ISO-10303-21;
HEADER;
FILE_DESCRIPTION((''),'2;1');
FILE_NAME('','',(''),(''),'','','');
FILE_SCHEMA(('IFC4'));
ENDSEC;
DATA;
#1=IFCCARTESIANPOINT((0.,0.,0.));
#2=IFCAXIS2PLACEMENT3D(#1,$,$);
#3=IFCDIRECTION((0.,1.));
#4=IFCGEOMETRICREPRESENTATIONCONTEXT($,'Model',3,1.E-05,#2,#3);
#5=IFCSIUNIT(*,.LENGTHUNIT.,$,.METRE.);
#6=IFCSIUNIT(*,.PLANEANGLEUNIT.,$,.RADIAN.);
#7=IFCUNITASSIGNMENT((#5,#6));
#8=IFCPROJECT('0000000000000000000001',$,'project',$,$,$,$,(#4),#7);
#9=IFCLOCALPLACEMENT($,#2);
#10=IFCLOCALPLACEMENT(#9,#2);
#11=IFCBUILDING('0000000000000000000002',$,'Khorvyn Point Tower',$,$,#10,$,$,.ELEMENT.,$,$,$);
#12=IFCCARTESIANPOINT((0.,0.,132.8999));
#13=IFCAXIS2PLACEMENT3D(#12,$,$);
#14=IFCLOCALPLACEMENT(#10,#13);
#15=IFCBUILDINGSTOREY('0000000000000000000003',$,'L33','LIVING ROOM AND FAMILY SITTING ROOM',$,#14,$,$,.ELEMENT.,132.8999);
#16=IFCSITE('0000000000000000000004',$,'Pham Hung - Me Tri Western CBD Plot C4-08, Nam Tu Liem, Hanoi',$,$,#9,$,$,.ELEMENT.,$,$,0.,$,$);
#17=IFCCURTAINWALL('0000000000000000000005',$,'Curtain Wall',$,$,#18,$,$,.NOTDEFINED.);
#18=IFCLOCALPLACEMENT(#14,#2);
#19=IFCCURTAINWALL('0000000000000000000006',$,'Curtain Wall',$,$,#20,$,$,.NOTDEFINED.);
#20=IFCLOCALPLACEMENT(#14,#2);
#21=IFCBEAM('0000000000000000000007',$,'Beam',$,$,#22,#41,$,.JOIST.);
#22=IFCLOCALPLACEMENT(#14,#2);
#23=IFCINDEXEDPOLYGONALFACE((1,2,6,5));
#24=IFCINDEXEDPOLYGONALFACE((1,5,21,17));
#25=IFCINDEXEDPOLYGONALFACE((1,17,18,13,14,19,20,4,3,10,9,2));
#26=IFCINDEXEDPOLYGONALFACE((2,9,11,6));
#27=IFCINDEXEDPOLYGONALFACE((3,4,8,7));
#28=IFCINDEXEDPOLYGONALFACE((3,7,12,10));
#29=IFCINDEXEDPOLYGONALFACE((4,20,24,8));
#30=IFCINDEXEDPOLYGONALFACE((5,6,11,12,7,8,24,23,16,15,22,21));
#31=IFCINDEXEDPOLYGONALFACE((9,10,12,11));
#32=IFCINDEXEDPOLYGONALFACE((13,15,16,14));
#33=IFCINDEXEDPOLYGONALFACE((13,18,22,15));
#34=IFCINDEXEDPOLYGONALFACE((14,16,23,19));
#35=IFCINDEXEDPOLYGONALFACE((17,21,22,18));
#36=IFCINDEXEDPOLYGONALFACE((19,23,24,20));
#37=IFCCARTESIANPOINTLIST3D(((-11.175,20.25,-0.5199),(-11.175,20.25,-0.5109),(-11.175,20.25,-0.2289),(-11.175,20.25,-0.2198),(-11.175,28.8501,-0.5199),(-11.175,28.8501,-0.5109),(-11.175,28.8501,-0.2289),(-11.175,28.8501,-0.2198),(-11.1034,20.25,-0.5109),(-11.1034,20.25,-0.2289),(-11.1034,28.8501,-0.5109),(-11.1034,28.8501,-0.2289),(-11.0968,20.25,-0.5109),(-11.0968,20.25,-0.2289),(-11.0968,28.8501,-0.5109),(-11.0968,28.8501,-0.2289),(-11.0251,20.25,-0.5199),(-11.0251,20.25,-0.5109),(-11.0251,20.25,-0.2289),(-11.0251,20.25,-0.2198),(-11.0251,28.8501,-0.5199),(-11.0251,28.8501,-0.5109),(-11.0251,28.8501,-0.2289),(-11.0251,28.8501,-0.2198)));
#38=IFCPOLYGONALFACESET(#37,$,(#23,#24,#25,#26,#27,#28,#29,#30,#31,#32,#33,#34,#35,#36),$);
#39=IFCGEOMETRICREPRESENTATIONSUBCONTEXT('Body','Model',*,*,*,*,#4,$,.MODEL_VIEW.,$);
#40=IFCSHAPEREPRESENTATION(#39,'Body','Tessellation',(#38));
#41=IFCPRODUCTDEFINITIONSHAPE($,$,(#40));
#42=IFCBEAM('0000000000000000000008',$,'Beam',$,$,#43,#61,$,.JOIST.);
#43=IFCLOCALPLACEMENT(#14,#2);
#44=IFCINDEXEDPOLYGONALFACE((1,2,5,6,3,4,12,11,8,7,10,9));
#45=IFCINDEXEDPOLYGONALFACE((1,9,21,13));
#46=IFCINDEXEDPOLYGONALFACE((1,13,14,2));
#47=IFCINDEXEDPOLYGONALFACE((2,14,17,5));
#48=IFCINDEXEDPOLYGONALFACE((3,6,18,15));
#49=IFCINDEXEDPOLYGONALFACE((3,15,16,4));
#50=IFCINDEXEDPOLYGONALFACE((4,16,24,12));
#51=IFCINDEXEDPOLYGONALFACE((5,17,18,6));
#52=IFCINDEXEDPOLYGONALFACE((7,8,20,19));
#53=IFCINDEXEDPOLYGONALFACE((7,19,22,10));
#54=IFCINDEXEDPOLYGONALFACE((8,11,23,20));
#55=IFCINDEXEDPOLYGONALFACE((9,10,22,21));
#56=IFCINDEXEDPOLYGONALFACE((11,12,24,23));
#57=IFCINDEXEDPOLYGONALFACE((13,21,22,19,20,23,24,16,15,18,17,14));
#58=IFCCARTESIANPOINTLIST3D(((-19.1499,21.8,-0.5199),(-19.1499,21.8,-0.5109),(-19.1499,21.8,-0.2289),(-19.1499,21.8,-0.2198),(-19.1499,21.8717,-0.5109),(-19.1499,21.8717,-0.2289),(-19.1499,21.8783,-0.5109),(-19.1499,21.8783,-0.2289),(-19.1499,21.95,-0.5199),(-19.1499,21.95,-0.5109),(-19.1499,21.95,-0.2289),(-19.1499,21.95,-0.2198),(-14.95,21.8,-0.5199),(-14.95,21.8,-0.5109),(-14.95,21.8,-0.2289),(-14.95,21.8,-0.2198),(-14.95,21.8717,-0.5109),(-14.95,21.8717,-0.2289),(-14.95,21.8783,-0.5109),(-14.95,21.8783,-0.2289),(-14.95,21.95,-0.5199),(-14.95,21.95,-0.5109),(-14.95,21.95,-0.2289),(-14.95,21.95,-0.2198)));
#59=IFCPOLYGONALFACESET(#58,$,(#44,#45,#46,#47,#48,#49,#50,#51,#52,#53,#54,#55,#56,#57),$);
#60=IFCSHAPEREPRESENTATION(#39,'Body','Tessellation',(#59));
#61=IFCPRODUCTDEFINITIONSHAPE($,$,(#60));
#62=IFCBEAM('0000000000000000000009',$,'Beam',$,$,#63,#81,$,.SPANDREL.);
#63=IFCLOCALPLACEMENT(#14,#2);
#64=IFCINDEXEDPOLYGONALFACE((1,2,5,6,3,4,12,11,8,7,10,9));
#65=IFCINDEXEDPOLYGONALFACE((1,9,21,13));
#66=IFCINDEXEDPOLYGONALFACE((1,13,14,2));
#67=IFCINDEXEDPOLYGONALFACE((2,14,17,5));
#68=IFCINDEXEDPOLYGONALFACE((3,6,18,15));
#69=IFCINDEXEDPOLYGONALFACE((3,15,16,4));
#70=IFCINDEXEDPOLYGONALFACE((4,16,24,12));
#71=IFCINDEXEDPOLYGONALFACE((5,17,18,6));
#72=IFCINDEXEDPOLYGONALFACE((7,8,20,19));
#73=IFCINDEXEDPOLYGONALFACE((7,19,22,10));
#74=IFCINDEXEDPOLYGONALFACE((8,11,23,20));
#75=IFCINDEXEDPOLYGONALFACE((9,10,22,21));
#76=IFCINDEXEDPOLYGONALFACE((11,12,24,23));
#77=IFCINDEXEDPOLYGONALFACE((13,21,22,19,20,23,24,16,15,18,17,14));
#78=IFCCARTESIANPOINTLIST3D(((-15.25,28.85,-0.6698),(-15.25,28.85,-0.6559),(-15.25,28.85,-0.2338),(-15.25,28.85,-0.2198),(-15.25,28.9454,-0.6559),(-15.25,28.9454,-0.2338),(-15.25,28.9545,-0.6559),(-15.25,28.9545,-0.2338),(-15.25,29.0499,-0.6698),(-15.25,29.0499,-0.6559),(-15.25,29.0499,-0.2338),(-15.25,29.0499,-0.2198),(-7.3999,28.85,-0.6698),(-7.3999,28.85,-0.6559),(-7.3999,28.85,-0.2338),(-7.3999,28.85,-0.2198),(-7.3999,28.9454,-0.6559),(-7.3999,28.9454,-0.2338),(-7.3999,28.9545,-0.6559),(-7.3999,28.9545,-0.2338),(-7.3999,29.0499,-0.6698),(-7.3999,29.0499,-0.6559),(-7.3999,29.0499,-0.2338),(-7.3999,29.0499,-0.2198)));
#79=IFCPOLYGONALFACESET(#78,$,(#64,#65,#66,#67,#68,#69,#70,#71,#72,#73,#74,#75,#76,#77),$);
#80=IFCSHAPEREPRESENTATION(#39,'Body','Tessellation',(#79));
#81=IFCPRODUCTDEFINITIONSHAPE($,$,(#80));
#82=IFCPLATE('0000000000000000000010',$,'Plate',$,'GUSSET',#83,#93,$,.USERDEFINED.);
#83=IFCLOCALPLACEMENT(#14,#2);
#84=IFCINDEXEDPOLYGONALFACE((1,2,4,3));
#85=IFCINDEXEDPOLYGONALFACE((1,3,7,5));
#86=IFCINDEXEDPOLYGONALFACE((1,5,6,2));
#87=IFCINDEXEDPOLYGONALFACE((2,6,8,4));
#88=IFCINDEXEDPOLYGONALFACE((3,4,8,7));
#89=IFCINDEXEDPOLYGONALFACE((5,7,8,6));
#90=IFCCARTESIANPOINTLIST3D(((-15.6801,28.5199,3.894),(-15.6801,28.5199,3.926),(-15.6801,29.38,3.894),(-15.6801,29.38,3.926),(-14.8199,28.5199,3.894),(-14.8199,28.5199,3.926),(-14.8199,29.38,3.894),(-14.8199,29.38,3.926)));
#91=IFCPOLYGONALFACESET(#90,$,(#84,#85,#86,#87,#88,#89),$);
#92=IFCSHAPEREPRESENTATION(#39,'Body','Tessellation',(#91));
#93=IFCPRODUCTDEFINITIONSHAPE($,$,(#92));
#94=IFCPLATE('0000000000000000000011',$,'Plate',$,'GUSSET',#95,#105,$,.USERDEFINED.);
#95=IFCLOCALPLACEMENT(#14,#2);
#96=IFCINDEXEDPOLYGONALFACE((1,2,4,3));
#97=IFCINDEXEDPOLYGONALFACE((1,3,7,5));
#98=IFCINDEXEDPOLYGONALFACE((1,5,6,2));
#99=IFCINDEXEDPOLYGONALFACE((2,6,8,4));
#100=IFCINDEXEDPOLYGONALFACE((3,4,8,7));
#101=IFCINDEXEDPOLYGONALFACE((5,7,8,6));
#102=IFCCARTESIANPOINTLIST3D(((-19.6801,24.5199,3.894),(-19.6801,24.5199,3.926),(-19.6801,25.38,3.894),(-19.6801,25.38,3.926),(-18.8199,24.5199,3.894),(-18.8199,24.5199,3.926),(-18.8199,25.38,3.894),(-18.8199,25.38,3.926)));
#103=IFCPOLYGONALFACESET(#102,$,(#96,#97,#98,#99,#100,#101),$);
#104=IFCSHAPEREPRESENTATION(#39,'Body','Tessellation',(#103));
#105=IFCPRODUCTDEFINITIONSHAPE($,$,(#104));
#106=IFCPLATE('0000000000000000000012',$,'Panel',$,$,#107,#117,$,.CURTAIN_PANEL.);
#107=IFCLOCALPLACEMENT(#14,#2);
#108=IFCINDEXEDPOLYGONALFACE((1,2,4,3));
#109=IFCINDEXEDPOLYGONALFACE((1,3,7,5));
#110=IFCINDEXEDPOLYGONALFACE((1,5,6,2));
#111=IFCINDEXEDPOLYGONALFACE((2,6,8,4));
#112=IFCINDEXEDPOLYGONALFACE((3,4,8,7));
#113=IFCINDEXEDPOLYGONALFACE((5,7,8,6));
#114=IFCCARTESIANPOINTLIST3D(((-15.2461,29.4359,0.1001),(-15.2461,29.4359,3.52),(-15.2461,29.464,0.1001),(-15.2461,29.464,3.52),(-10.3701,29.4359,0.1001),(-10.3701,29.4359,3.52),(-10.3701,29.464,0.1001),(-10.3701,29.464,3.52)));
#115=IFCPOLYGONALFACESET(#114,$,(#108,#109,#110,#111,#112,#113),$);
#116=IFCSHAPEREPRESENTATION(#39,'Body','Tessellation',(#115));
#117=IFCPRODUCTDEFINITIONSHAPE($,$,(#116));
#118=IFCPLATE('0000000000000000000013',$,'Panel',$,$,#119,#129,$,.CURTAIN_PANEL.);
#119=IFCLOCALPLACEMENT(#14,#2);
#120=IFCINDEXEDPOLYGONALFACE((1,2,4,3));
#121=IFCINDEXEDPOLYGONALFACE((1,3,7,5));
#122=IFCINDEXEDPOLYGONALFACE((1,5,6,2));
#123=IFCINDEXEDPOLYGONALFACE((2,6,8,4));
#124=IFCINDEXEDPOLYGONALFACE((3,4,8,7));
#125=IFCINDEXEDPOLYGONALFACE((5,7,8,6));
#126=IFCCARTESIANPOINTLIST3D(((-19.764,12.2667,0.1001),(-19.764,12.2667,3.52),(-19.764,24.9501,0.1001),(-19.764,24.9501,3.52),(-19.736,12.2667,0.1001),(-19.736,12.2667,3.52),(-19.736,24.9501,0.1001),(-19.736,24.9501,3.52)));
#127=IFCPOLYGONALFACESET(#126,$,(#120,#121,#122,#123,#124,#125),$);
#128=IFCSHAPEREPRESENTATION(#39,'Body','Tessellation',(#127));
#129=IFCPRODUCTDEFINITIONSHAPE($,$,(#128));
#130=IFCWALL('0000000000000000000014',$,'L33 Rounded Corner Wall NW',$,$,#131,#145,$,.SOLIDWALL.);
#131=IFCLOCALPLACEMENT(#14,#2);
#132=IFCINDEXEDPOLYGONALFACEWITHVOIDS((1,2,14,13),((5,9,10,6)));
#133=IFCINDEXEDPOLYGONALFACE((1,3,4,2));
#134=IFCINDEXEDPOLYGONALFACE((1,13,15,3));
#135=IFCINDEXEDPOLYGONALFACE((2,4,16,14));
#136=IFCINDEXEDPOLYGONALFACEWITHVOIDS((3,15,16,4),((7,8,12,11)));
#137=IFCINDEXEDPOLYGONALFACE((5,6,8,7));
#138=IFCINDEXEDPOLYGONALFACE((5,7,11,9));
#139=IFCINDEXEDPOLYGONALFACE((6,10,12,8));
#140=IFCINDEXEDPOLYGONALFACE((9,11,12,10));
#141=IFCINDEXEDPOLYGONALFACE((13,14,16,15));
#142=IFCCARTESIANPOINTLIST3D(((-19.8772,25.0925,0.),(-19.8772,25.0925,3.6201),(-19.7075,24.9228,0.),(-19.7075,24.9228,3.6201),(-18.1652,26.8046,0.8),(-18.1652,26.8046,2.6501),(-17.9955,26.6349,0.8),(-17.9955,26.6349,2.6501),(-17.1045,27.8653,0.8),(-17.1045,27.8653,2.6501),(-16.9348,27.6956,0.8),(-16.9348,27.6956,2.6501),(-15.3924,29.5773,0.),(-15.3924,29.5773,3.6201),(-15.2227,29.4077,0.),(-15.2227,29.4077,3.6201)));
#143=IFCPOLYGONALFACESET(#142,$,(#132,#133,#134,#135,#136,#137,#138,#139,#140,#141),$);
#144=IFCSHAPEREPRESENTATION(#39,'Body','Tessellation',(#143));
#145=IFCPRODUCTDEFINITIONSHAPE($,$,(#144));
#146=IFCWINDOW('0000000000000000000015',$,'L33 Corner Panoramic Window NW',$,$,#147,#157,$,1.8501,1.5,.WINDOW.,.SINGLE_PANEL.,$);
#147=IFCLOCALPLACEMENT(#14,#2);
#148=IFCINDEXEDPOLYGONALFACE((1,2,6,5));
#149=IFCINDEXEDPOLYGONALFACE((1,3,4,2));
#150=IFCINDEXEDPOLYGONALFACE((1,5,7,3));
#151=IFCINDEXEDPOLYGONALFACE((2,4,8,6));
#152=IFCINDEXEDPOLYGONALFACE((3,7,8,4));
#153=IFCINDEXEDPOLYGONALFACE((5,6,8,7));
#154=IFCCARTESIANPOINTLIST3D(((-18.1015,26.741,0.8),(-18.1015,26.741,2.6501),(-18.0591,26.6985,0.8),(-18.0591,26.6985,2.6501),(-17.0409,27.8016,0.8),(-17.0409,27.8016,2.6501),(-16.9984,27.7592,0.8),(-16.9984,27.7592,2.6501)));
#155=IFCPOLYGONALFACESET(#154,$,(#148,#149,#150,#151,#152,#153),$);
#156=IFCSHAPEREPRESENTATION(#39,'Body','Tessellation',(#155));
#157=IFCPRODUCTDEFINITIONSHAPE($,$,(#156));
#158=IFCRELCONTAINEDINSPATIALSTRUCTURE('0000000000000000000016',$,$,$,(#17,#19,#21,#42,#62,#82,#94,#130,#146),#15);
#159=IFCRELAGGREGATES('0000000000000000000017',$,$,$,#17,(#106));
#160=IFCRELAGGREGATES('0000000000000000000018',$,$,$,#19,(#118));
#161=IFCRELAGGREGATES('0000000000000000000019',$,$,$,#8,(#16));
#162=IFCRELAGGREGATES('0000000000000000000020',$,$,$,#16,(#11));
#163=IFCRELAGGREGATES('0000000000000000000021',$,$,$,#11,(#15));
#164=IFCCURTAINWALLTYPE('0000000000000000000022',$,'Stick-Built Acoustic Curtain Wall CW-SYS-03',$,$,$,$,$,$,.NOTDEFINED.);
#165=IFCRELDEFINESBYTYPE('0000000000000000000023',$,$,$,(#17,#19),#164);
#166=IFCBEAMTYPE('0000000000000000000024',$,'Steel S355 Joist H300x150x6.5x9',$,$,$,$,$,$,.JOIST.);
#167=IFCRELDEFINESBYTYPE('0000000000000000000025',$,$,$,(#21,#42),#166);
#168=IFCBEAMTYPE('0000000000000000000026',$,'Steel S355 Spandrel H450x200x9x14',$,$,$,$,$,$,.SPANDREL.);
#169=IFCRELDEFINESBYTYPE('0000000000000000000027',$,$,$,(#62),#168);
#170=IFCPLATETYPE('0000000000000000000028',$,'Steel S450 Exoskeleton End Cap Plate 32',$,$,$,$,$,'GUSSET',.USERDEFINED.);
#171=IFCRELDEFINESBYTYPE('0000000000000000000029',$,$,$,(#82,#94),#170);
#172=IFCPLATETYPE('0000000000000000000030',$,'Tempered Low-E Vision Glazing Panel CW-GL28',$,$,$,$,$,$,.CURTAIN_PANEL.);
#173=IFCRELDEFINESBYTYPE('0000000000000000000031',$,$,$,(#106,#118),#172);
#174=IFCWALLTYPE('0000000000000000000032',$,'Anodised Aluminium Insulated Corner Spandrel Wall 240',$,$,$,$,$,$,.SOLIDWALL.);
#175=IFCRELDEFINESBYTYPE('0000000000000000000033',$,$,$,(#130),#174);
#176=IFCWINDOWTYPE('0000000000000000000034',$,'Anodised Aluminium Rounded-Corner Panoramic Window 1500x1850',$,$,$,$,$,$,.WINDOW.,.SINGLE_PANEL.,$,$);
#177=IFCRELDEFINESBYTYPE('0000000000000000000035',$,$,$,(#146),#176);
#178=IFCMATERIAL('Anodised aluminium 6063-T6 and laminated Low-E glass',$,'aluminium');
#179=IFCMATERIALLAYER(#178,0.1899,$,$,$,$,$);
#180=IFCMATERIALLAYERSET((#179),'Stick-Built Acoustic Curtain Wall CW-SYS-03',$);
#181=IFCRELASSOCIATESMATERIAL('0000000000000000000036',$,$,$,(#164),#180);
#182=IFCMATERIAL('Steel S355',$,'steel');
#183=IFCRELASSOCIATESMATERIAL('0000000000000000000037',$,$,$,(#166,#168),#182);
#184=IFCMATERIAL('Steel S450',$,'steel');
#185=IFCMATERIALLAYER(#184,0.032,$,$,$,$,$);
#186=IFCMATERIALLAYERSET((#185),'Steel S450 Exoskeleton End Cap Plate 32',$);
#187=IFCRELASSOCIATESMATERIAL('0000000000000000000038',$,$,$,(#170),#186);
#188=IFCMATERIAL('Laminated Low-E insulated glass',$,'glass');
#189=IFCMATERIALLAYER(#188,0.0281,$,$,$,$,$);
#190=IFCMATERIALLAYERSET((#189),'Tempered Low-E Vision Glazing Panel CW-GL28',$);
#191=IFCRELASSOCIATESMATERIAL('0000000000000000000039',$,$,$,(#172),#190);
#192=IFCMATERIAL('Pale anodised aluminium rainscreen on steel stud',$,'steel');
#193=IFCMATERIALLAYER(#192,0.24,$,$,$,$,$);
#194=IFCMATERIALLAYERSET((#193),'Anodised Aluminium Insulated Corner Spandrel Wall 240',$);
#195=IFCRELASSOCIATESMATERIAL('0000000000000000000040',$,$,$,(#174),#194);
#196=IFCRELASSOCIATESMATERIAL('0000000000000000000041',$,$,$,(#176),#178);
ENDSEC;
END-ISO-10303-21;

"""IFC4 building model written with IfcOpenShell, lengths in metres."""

from ifc_helpers import new_model, si_unit, direction, frame, frame_2d, origin, origin_2d, place, context, subcontext, project, spatial, rectangle, i_section, extrude, material, layer, layer_set, material_profile, profile_set, type_object, element, fill, aggregate, save


model = new_model("IFC4")

# Units and contexts
model_context = context("Model", 3, precision=1e-05, world=origin(), true_north=direction((0.0, 1.0)))
body_context = subcontext(model_context, "Body", "Model", "MODEL_VIEW")
ifc_project = project(units=[si_unit("LENGTHUNIT", "METRE"), si_unit("PLANEANGLEUNIT", "RADIAN")], contexts=[model_context])

# Site, building, storey
site_placement = place(None, origin())
site = spatial("IfcSite", under=ifc_project, at=site_placement, Name="Pham Hung - Me Tri Western CBD Plot C4-08, Nam Tu Liem, Hanoi", CompositionType="ELEMENT", RefElevation=0.0)
building_placement = place(site_placement, origin())
building = spatial("IfcBuilding", under=site, at=building_placement, Name="Khorvyn Point Tower", CompositionType="ELEMENT")
storey_placement = place(building_placement, frame((0.0, 0.0, 132.8999)))
storey = spatial("IfcBuildingStorey", under=building, at=storey_placement, Name="L33", Description="LIVING ROOM AND FAMILY SITTING ROOM", CompositionType="ELEMENT", Elevation=132.8999)

# Shared definitions
ifc_material_1 = material(Name="Steel S450", Category="steel")

# Curtain walls
ifc_material_2 = material(Name="Anodised aluminium 6063-T6 and laminated Low-E glass", Category="aluminium")
ifc_layer_1 = layer(ifc_material_2, 0.1899)
ifc_layer_set_1 = layer_set([ifc_layer_1], Name="Stick-Built Acoustic Curtain Wall CW-SYS-03")
curtain_wall_type = type_object("IfcCurtainWallType", Name="Stick-Built Acoustic Curtain Wall CW-SYS-03", PredefinedType="NOTDEFINED", material=ifc_layer_set_1)
curtain_wall_1_placement = place(storey_placement, origin())
curtain_wall_1 = element("IfcCurtainWall", 1, at=curtain_wall_1_placement, inside=storey, type_object=curtain_wall_type, Name="Curtain Wall", PredefinedType="NOTDEFINED")
curtain_wall_2_placement = place(storey_placement, origin())
curtain_wall_2 = element("IfcCurtainWall", 2, at=curtain_wall_2_placement, inside=storey, type_object=curtain_wall_type, Name="Curtain Wall", PredefinedType="NOTDEFINED")

# Beams
ifc_material_3 = material(Name="Steel S355", Category="steel")
ifc_material_profile_1 = material_profile(ifc_material_3, i_section(OverallWidth=0.1499, OverallDepth=0.3, WebThickness=0.0066, FlangeThickness=0.009, at=origin_2d()))
ifc_profile_set_1 = profile_set([ifc_material_profile_1], Name="Steel S355 H300x150x6.5x9")
beam_type_1 = type_object("IfcBeamType", Name="Steel S355 Joist H300x150x6.5x9", PredefinedType="JOIST", material=ifc_profile_set_1)
beam_1_placement = place(storey_placement, frame((-11.1001, 20.25, -0.3699), z_axis=(0.0, 1.0, 0.0), x_axis=(-1.0, 0.0, 0.0)))
element("IfcBeam", 3, at=beam_1_placement, inside=storey, type_object=beam_type_1, Name="Beam", PredefinedType="JOIST", context=body_context, shape_type="SweptSolid", body=[
    extrude(i_section(OverallWidth=0.1499, OverallDepth=0.3, WebThickness=0.0066, FlangeThickness=0.009, at=origin_2d()), origin(), (0.0, 0.0, 1.0), 8.6001),
])
beam_2_placement = place(storey_placement, frame((-19.1499, 21.875, -0.3699), z_axis=(1.0, 0.0, 0.0), x_axis=(0.0, 1.0, 0.0)))
element("IfcBeam", 4, at=beam_2_placement, inside=storey, type_object=beam_type_1, Name="Beam", PredefinedType="JOIST", context=body_context, shape_type="SweptSolid", body=[
    extrude(i_section(OverallWidth=0.1499, OverallDepth=0.3, WebThickness=0.0066, FlangeThickness=0.009, at=origin_2d()), origin(), (0.0, 0.0, 1.0), 4.2),
])
ifc_material_profile_2 = material_profile(ifc_material_3, i_section(OverallWidth=0.2, OverallDepth=0.45, WebThickness=0.009, FlangeThickness=0.0139, at=origin_2d()))
ifc_profile_set_2 = profile_set([ifc_material_profile_2], Name="Steel S355 H450x200x9x14")
beam_type_2 = type_object("IfcBeamType", Name="Steel S355 Spandrel H450x200x9x14", PredefinedType="SPANDREL", material=ifc_profile_set_2)
beam_3_placement = place(storey_placement, frame((-15.25, 28.95, -0.4448), z_axis=(1.0, 0.0, 0.0), x_axis=(0.0, 1.0, 0.0)))
element("IfcBeam", 5, at=beam_3_placement, inside=storey, type_object=beam_type_2, Name="Beam", PredefinedType="SPANDREL", context=body_context, shape_type="SweptSolid", body=[
    extrude(i_section(OverallWidth=0.2, OverallDepth=0.45, WebThickness=0.009, FlangeThickness=0.0139, at=origin_2d()), origin(), (0.0, 0.0, 1.0), 7.8501),
])

# Plates
ifc_layer_2 = layer(ifc_material_1, 0.032)
ifc_layer_set_2 = layer_set([ifc_layer_2], Name="Steel S450 Exoskeleton End Cap Plate 32")
plate_type_1 = type_object("IfcPlateType", Name="Steel S450 Exoskeleton End Cap Plate 32", ElementType="GUSSET", PredefinedType="USERDEFINED", material=ifc_layer_set_2)
for number, where, z_axis, x_axis, name in (
    (6, (-15.25, 28.95, 3.894), (0.0, 0.0, 1.0), (1.0, 0.0, 0.0), "Plate"),
    (7, (-19.25, 24.95, 3.894), (0.0, 0.0, 1.0), (1.0, 0.0, 0.0), "Plate"),
):
    element("IfcPlate", number, at=place(storey_placement, frame(where, z_axis=z_axis, x_axis=x_axis)), inside=storey, type_object=plate_type_1, Name=name, ObjectType="GUSSET", PredefinedType="USERDEFINED", context=body_context, shape_type="SweptSolid", body=[
        extrude(rectangle(XDim=0.8601, YDim=0.8601, at=origin_2d()), origin(), (0.0, 0.0, 1.0), 0.032),
    ])

# Plates
ifc_material_4 = material(Name="Laminated Low-E insulated glass", Category="glass")
ifc_layer_3 = layer(ifc_material_4, 0.0281)
ifc_layer_set_3 = layer_set([ifc_layer_3], Name="Tempered Low-E Vision Glazing Panel CW-GL28")
plate_type_2 = type_object("IfcPlateType", Name="Tempered Low-E Vision Glazing Panel CW-GL28", PredefinedType="CURTAIN_PANEL", material=ifc_layer_set_3)
plate_1_placement = place(storey_placement, frame((-12.8081, 29.45, 0.1001), z_axis=(0.0, 0.0, 1.0), x_axis=(1.0, 0.0, 0.0)))
plate_1 = element("IfcPlate", 8, at=plate_1_placement, type_object=plate_type_2, Name="Panel", PredefinedType="CURTAIN_PANEL", context=body_context, shape_type="SweptSolid", body=[
    extrude(rectangle(XDim=4.876, YDim=0.0281, at=origin_2d()), origin(), (0.0, 0.0, 1.0), 3.4199),
])
aggregate(curtain_wall_1, [plate_1])
plate_2_placement = place(storey_placement, frame((-19.75, 18.6084, 0.1001), z_axis=(0.0, 0.0, 1.0), x_axis=(0.0, 1.0, 0.0)))
plate_2 = element("IfcPlate", 9, at=plate_2_placement, type_object=plate_type_2, Name="Panel", PredefinedType="CURTAIN_PANEL", context=body_context, shape_type="SweptSolid", body=[
    extrude(rectangle(XDim=12.6833, YDim=0.0281, at=origin_2d()), origin(), (0.0, 0.0, 1.0), 3.4199),
])
aggregate(curtain_wall_2, [plate_2])

# Wall, opening, window
ifc_material_5 = material(Name="Pale anodised aluminium rainscreen on steel stud", Category="steel")
ifc_layer_4 = layer(ifc_material_5, 0.24)
ifc_layer_set_4 = layer_set([ifc_layer_4], Name="Anodised Aluminium Insulated Corner Spandrel Wall 240")
wall_type_1 = type_object("IfcWallType", Name="Anodised Aluminium Insulated Corner Spandrel Wall 240", PredefinedType="SOLIDWALL", material=ifc_layer_set_4)
wall_1_placement = place(storey_placement, frame((-19.7925, 25.0076, 0.0), z_axis=(0.0, 0.0, 1.0), x_axis=(0.707107, 0.707107, 0.0)))
wall_1 = element("IfcWall", 10, at=wall_1_placement, inside=storey, type_object=wall_type_1, Name="L33 Rounded Corner Wall NW", PredefinedType="SOLIDWALL", context=body_context, shape_type="SweptSolid", body=[
    extrude(rectangle(XDim=6.3425, YDim=0.24, at=frame_2d((3.1714, 0.0))), origin(), (0.0, 0.0, 1.0), 3.6201),
])
opening_1_placement = place(wall_1_placement, frame((2.4214, 0.0, 0.8)))
opening_1 = element("IfcOpeningElement", 11, at=opening_1_placement, cuts=wall_1, PredefinedType="OPENING", context=body_context, shape_type="SweptSolid", body=[
    extrude(rectangle(XDim=1.5, YDim=1.8501, at=frame_2d((0.75, 0.925))), frame((0.0, 0.1299, 0.0), z_axis=(0.0, -1.0, 0.0), x_axis=(1.0, 0.0, 0.0)), (0.0, 0.0, 1.0), 0.26),
])
window_type = type_object("IfcWindowType", Name="Anodised Aluminium Rounded-Corner Panoramic Window 1500x1850", PartitioningType="SINGLE_PANEL", PredefinedType="WINDOW", material=ifc_material_2)
window_placement = place(opening_1_placement, origin())
window = element("IfcWindow", 12, at=window_placement, inside=storey, type_object=window_type, Name="L33 Corner Panoramic Window NW", OverallHeight=1.8501, OverallWidth=1.5, PartitioningType="SINGLE_PANEL", PredefinedType="WINDOW", context=body_context, shape_type="SweptSolid", body=[
    extrude(rectangle(XDim=1.5, YDim=1.8501, at=frame_2d((0.75, 0.925))), frame((0.0, 0.03, 0.0), z_axis=(0.0, -1.0, 0.0), x_axis=(1.0, 0.0, 0.0)), (0.0, 0.0, 1.0), 0.0601),
])
fill(opening_1, window)

save(model, "model.ifc")
